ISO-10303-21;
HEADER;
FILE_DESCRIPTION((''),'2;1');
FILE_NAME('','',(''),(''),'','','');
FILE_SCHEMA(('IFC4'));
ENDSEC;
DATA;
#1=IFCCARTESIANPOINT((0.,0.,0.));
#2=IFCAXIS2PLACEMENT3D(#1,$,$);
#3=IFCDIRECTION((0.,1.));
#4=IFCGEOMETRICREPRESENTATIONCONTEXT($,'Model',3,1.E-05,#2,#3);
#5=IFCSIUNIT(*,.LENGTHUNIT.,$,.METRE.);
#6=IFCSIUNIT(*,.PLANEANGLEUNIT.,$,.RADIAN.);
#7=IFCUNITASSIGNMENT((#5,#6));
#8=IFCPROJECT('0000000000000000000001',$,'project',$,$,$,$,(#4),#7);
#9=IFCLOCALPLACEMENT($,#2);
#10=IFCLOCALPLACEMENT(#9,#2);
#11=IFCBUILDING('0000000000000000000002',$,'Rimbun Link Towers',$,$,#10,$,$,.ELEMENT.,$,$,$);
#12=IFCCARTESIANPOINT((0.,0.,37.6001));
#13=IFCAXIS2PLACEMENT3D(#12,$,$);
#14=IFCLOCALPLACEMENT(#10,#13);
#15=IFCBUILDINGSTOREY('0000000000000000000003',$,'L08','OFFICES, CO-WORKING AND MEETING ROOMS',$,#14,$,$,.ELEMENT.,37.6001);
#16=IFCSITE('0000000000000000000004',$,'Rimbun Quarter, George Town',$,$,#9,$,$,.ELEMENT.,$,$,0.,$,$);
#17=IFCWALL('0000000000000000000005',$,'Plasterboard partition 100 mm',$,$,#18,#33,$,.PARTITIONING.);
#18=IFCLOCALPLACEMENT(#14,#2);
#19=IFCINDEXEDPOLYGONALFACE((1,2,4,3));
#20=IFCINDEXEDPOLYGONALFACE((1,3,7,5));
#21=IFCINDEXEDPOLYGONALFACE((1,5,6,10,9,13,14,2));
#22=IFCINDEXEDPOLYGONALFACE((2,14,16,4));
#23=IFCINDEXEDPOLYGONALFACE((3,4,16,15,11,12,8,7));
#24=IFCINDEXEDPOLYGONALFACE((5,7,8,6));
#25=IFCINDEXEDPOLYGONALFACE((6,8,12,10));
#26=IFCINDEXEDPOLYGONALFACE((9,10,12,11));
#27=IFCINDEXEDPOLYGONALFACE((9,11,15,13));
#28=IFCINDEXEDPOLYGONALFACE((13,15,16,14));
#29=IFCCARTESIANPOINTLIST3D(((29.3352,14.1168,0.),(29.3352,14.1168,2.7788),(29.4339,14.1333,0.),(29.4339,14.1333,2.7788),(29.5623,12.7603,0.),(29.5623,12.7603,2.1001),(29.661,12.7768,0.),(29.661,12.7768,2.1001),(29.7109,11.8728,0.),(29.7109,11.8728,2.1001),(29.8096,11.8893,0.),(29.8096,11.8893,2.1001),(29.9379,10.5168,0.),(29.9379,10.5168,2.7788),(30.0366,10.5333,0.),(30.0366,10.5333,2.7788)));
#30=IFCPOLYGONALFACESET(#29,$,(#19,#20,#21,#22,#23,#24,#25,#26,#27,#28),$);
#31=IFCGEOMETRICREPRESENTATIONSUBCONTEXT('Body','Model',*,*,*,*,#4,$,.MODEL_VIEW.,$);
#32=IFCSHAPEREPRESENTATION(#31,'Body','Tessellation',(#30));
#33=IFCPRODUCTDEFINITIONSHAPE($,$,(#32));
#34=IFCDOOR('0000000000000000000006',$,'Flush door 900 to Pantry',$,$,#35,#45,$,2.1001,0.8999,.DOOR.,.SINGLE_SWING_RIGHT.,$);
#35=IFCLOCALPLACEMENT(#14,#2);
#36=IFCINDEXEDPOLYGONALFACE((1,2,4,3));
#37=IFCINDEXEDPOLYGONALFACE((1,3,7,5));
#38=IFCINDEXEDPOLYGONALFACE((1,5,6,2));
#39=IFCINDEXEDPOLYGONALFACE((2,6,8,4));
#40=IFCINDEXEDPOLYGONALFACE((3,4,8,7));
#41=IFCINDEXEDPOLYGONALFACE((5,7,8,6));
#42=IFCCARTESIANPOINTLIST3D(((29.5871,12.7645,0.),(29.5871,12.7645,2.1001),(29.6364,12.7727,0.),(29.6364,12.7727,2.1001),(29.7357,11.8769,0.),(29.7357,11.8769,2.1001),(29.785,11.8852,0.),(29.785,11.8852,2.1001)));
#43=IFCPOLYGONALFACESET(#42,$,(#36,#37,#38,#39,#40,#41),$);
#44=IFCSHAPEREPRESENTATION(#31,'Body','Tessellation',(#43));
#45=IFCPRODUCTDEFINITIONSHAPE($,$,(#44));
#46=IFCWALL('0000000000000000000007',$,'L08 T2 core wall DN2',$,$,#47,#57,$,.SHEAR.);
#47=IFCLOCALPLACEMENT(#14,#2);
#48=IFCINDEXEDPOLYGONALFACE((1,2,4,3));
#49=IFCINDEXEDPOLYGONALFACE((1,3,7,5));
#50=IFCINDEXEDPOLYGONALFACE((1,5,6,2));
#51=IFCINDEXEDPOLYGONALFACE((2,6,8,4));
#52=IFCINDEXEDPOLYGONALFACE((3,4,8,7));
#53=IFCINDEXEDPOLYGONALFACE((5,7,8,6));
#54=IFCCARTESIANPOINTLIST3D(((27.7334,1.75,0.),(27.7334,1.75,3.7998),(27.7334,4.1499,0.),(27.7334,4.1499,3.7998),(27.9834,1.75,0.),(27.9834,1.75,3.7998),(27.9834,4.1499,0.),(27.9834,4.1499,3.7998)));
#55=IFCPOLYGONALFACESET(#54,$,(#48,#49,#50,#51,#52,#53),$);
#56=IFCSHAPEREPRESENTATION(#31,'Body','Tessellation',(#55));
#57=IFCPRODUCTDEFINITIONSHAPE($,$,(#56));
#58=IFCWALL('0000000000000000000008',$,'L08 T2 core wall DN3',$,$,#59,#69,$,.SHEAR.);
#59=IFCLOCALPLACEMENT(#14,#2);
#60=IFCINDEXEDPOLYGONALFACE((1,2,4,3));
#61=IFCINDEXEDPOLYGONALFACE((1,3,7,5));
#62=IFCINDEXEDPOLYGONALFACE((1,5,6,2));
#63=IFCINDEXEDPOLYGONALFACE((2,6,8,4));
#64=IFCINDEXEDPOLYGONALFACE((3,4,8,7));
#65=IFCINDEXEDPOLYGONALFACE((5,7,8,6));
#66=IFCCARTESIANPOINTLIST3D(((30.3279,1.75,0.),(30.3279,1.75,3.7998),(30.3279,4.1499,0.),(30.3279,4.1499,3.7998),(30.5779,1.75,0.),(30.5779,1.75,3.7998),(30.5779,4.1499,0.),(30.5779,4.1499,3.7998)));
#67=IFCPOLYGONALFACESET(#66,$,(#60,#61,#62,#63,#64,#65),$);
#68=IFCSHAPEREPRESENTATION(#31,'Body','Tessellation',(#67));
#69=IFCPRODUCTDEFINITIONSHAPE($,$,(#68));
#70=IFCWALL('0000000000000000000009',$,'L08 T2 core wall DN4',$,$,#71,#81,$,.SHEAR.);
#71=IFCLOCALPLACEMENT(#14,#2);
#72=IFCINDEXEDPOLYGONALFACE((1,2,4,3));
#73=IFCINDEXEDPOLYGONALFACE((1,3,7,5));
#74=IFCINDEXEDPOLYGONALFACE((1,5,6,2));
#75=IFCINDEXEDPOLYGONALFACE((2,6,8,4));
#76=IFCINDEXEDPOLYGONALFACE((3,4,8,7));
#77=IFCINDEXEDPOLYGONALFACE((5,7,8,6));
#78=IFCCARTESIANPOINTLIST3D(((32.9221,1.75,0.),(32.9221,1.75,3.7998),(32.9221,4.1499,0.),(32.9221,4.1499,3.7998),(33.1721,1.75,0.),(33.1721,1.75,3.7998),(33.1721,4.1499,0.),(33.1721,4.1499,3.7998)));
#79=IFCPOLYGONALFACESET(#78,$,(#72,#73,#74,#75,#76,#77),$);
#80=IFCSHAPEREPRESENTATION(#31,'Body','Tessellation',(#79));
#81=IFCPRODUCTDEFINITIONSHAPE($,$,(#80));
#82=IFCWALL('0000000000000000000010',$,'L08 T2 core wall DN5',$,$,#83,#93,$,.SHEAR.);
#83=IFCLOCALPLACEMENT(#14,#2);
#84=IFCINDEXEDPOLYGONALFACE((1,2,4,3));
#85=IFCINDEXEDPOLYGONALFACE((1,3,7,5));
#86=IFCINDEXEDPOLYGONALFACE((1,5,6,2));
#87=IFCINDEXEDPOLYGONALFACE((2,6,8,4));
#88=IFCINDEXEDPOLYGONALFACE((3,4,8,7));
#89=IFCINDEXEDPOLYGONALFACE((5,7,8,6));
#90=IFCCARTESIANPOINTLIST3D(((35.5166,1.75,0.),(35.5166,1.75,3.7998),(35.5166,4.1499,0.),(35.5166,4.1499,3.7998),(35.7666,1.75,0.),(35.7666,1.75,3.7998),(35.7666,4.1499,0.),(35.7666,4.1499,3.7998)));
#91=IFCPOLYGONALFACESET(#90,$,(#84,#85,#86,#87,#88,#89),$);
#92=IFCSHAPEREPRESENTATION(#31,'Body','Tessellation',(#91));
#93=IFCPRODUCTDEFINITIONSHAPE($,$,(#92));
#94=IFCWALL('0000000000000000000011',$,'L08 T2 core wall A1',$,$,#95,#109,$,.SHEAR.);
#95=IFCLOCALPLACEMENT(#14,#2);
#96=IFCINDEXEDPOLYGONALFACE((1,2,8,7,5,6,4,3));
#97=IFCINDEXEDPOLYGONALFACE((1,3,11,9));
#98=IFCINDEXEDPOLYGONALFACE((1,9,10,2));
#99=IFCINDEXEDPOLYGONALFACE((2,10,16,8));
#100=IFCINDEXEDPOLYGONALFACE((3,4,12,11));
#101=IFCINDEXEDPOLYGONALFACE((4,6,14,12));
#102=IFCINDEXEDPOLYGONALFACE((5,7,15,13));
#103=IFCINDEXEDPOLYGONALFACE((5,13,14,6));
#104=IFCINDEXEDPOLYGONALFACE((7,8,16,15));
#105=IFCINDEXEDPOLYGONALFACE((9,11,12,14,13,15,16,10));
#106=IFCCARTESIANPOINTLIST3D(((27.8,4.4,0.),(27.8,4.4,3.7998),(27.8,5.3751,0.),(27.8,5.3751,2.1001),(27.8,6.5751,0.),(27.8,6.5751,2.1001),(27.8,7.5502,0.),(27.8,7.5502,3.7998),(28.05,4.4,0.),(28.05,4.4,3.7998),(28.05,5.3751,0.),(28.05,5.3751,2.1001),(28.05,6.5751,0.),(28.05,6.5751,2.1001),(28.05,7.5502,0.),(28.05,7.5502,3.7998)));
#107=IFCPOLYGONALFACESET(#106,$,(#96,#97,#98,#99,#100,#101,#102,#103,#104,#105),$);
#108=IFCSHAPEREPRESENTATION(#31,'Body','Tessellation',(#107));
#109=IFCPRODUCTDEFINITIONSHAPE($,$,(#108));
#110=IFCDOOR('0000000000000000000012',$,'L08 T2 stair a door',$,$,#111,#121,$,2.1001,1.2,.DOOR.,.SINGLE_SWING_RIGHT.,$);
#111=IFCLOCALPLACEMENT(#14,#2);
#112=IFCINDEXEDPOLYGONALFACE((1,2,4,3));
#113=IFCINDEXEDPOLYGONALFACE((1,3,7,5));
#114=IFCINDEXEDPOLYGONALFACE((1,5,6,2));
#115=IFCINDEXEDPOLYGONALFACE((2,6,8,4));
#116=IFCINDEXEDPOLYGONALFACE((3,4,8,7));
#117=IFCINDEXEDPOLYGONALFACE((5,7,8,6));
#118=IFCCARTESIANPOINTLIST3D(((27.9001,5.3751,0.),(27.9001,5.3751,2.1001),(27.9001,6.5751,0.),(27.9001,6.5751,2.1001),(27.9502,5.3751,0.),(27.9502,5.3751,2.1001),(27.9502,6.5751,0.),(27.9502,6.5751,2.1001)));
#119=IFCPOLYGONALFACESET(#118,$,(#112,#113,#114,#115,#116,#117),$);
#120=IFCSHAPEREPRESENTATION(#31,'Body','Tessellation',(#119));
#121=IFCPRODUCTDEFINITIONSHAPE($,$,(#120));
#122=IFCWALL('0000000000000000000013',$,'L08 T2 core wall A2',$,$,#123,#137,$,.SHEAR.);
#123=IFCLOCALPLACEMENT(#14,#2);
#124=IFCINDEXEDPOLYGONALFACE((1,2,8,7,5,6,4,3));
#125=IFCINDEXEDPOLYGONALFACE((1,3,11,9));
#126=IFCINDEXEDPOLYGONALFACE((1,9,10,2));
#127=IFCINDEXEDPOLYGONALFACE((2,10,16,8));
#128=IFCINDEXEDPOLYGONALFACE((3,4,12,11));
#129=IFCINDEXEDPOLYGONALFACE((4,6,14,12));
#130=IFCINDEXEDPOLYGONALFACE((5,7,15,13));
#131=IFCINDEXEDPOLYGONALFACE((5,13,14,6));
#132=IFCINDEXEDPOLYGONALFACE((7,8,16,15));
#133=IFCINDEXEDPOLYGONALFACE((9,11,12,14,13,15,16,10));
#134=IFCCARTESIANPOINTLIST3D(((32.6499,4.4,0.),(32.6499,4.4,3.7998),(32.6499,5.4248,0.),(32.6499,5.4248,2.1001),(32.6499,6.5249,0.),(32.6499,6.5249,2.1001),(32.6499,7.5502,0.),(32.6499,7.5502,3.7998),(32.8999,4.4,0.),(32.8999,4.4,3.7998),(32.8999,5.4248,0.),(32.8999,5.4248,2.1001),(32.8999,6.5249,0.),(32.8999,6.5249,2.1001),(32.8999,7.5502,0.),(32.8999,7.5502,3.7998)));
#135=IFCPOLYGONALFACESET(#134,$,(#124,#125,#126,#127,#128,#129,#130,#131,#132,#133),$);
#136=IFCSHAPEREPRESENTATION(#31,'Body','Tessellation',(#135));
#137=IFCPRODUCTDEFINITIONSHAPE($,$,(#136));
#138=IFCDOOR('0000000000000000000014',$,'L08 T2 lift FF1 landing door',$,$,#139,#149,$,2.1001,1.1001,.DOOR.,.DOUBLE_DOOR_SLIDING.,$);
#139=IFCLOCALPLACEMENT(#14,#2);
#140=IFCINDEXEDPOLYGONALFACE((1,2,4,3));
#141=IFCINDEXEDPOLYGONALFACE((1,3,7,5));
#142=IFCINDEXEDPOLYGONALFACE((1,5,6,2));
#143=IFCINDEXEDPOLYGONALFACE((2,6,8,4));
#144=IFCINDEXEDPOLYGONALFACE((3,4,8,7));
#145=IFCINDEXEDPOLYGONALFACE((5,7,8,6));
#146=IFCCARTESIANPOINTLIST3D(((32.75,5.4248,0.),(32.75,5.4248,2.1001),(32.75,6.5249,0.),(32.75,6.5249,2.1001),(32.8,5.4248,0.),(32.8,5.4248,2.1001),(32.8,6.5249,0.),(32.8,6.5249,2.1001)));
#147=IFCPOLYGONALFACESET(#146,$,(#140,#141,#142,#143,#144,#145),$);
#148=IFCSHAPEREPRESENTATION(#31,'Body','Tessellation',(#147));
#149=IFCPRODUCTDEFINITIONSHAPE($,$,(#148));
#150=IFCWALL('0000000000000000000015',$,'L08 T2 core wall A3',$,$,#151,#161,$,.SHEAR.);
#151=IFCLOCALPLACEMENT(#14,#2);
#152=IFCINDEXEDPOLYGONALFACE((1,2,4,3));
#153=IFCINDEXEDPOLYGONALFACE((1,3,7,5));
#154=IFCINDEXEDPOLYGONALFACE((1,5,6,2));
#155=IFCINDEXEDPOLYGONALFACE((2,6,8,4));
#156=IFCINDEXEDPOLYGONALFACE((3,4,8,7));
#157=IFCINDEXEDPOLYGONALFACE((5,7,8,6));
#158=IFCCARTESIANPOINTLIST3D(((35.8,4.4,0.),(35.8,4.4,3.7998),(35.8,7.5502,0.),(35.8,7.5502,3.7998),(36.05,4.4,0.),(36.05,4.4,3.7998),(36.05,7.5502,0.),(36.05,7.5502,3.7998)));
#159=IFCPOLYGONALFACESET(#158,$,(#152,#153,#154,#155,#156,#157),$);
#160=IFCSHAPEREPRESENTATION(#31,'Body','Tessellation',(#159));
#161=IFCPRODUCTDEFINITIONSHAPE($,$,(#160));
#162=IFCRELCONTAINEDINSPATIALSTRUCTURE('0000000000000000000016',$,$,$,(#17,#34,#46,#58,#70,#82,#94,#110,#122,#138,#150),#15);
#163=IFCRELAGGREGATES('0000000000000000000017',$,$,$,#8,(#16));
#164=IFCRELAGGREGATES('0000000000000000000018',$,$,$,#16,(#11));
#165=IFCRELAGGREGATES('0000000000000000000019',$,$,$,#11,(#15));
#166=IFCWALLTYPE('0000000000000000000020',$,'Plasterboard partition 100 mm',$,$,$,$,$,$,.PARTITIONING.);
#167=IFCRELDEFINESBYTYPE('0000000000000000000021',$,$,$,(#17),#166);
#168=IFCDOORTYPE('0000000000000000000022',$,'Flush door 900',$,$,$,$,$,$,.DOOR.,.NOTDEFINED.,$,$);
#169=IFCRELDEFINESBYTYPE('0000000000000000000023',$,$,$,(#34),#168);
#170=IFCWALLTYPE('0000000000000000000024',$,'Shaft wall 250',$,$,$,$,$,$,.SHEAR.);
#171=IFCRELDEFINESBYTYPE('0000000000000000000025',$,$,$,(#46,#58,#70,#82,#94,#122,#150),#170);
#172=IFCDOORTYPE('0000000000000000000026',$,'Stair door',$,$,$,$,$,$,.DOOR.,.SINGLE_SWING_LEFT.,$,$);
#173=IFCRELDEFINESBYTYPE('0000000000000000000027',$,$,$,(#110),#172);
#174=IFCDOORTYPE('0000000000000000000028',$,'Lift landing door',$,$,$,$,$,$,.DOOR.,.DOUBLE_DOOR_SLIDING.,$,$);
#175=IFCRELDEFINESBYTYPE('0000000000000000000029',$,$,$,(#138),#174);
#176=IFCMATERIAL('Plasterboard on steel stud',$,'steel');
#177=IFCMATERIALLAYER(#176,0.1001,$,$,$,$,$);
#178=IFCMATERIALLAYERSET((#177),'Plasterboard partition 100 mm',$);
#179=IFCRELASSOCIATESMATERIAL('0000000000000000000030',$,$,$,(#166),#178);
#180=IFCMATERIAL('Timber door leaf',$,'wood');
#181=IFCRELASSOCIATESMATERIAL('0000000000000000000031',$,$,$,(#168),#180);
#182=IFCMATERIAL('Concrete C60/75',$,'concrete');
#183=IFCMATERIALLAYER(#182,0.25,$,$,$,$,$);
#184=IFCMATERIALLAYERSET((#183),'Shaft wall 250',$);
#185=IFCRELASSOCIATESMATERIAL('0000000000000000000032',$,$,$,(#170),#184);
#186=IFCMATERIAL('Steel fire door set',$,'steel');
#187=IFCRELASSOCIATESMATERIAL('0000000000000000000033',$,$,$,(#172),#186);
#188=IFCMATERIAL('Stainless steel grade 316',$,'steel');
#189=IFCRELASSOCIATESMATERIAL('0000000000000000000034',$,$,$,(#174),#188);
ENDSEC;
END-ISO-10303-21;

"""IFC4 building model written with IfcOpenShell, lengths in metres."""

from ifc_helpers import new_model, si_unit, direction, frame, frame_2d, origin, place, context, subcontext, project, spatial, rectangle, extrude, material, layer, layer_set, type_object, element, fill, save


model = new_model("IFC4")

# Units and contexts
model_context = context("Model", 3, precision=1e-05, world=origin(), true_north=direction((0.0, 1.0)))
body_context = subcontext(model_context, "Body", "Model", "MODEL_VIEW")
ifc_project = project(units=[si_unit("LENGTHUNIT", "METRE"), si_unit("PLANEANGLEUNIT", "RADIAN")], contexts=[model_context])

# Site, building, storey
site_placement = place(None, origin())
site = spatial("IfcSite", under=ifc_project, at=site_placement, Name="Rimbun Quarter, George Town", CompositionType="ELEMENT", RefElevation=0.0)
building_placement = place(site_placement, origin())
building = spatial("IfcBuilding", under=site, at=building_placement, Name="Rimbun Link Towers", CompositionType="ELEMENT")
storey_placement = place(building_placement, frame((0.0, 0.0, 37.6001)))
storey = spatial("IfcBuildingStorey", under=building, at=storey_placement, Name="L08", Description="OFFICES, CO-WORKING AND MEETING ROOMS", CompositionType="ELEMENT", Elevation=37.6001)

# Wall, opening, door
ifc_material_1 = material(Name="Plasterboard on steel stud", Category="steel")
ifc_layer_1 = layer(ifc_material_1, 0.1001)
ifc_layer_set_1 = layer_set([ifc_layer_1], Name="Plasterboard partition 100 mm")
wall_type_1 = type_object("IfcWallType", Name="Plasterboard partition 100 mm", PredefinedType="PARTITIONING", material=ifc_layer_set_1)
ifc_material_2 = material(Name="Timber door leaf", Category="wood")
door_type_1 = type_object("IfcDoorType", Name="Flush door 900", OperationType="NOTDEFINED", PredefinedType="DOOR", material=ifc_material_2)
wall_1_placement = place(storey_placement, frame((29.9873, 10.5249, 0.0), z_axis=(0.0, 0.0, 1.0), x_axis=(-0.165136, 0.986271, 0.0)))
wall_1 = element("IfcWall", 1, at=wall_1_placement, inside=storey, type_object=wall_type_1, Name="Plasterboard partition 100 mm", PredefinedType="PARTITIONING", context=body_context, shape_type="SweptSolid", body=[
    extrude(rectangle(XDim=3.6501, YDim=0.1001, at=frame_2d((1.8252, 0.0))), origin(), (0.0, 0.0, 1.0), 2.7788),
])
opening_1_placement = place(wall_1_placement, frame((1.375, 0.0, 0.0)))
opening_1 = element("IfcOpeningElement", 2, at=opening_1_placement, cuts=wall_1, PredefinedType="OPENING", context=body_context, shape_type="SweptSolid", body=[
    extrude(rectangle(XDim=0.8999, YDim=2.1001, at=frame_2d((0.45, 1.05))), frame((0.0, 0.0601, 0.0), z_axis=(0.0, -1.0, 0.0), x_axis=(1.0, 0.0, 0.0)), (0.0, 0.0, 1.0), 0.1201),
])
door_1_placement = place(opening_1_placement, origin())
door_1 = element("IfcDoor", 3, at=door_1_placement, inside=storey, type_object=door_type_1, Name="Flush door 900 to Pantry", OperationType="SINGLE_SWING_RIGHT", OverallHeight=2.1001, OverallWidth=0.8999, PredefinedType="DOOR", context=body_context, shape_type="SweptSolid", body=[
    extrude(rectangle(XDim=0.8999, YDim=2.1001, at=frame_2d((0.45, 1.05))), frame((0.0, 0.0249, 0.0), z_axis=(0.0, -1.0, 0.0), x_axis=(1.0, 0.0, 0.0)), (0.0, 0.0, 1.0), 0.05),
])
fill(opening_1, door_1)

# Walls
ifc_material_3 = material(Name="Concrete C60/75", Category="concrete")
ifc_layer_2 = layer(ifc_material_3, 0.25)
ifc_layer_set_2 = layer_set([ifc_layer_2], Name="Shaft wall 250")
wall_type_2 = type_object("IfcWallType", Name="Shaft wall 250", PredefinedType="SHEAR", material=ifc_layer_set_2)
for number, where, z_axis, x_axis, name in (
    (4, (27.8584, 1.75, 0.0), (0.0, 0.0, 1.0), (0.0, 1.0, 0.0), "L08 T2 core wall DN2"),
    (5, (30.4529, 1.75, 0.0), (0.0, 0.0, 1.0), (0.0, 1.0, 0.0), "L08 T2 core wall DN3"),
    (6, (33.0471, 1.75, 0.0), (0.0, 0.0, 1.0), (0.0, 1.0, 0.0), "L08 T2 core wall DN4"),
    (7, (35.6416, 1.75, 0.0), (0.0, 0.0, 1.0), (0.0, 1.0, 0.0), "L08 T2 core wall DN5"),
):
    element("IfcWall", number, at=place(storey_placement, frame(where, z_axis=z_axis, x_axis=x_axis)), inside=storey, type_object=wall_type_2, Name=name, PredefinedType="SHEAR", context=body_context, shape_type="SweptSolid", body=[
        extrude(rectangle(XDim=2.3999, YDim=0.25, at=frame_2d((1.2, 0.0))), origin(), (0.0, 0.0, 1.0), 3.7998),
    ])

# Walls, openings, doors
wall_2_placement = place(storey_placement, frame((27.925, 4.3999, 0.0), z_axis=(0.0, 0.0, 1.0), x_axis=(0.0, 1.0, 0.0)))
wall_2 = element("IfcWall", 8, at=wall_2_placement, inside=storey, type_object=wall_type_2, Name="L08 T2 core wall A1", PredefinedType="SHEAR", context=body_context, shape_type="SweptSolid", body=[
    extrude(rectangle(XDim=3.1501, YDim=0.25, at=frame_2d((1.5752, 0.0))), origin(), (0.0, 0.0, 1.0), 3.7998),
])
opening_2_placement = place(wall_2_placement, frame((0.9751, 0.0, 0.0)))
opening_2 = element("IfcOpeningElement", 9, at=opening_2_placement, cuts=wall_2, PredefinedType="OPENING", context=body_context, shape_type="SweptSolid", body=[
    extrude(rectangle(XDim=1.2, YDim=2.1001, at=frame_2d((0.6001, 1.05))), frame((0.0, 0.135, 0.0), z_axis=(0.0, -1.0, 0.0), x_axis=(1.0, 0.0, 0.0)), (0.0, 0.0, 1.0), 0.27),
])
ifc_material_4 = material(Name="Steel fire door set", Category="steel")
door_type_2 = type_object("IfcDoorType", Name="Stair door", OperationType="SINGLE_SWING_LEFT", PredefinedType="DOOR", material=ifc_material_4)
door_2_placement = place(opening_2_placement, origin())
door_2 = element("IfcDoor", 10, at=door_2_placement, inside=storey, type_object=door_type_2, Name="L08 T2 stair a door", OperationType="SINGLE_SWING_RIGHT", OverallHeight=2.1001, OverallWidth=1.2, PredefinedType="DOOR", context=body_context, shape_type="SweptSolid", body=[
    extrude(rectangle(XDim=1.2, YDim=2.1001, at=frame_2d((0.6001, 1.05))), frame((0.0, 0.0249, 0.0), z_axis=(0.0, -1.0, 0.0), x_axis=(1.0, 0.0, 0.0)), (0.0, 0.0, 1.0), 0.05),
])
fill(opening_2, door_2)
wall_3_placement = place(storey_placement, frame((32.7749, 4.3999, 0.0), z_axis=(0.0, 0.0, 1.0), x_axis=(0.0, 1.0, 0.0)))
wall_3 = element("IfcWall", 11, at=wall_3_placement, inside=storey, type_object=wall_type_2, Name="L08 T2 core wall A2", PredefinedType="SHEAR", context=body_context, shape_type="SweptSolid", body=[
    extrude(rectangle(XDim=3.1501, YDim=0.25, at=frame_2d((1.5752, 0.0))), origin(), (0.0, 0.0, 1.0), 3.7998),
])
opening_3_placement = place(wall_3_placement, frame((1.0249, 0.0, 0.0)))
opening_3 = element("IfcOpeningElement", 12, at=opening_3_placement, cuts=wall_3, PredefinedType="OPENING", context=body_context, shape_type="SweptSolid", body=[
    extrude(rectangle(XDim=1.1001, YDim=2.1001, at=frame_2d((0.55, 1.05))), frame((0.0, 0.135, 0.0), z_axis=(0.0, -1.0, 0.0), x_axis=(1.0, 0.0, 0.0)), (0.0, 0.0, 1.0), 0.27),
])
ifc_material_5 = material(Name="Stainless steel grade 316", Category="steel")
door_type_3 = type_object("IfcDoorType", Name="Lift landing door", OperationType="DOUBLE_DOOR_SLIDING", PredefinedType="DOOR", material=ifc_material_5)
door_3_placement = place(opening_3_placement, origin())
door_3 = element("IfcDoor", 13, at=door_3_placement, inside=storey, type_object=door_type_3, Name="L08 T2 lift FF1 landing door", OperationType="DOUBLE_DOOR_SLIDING", OverallHeight=2.1001, OverallWidth=1.1001, PredefinedType="DOOR", context=body_context, shape_type="SweptSolid", body=[
    extrude(rectangle(XDim=1.1001, YDim=2.1001, at=frame_2d((0.55, 1.05))), frame((0.0, 0.0249, 0.0), z_axis=(0.0, -1.0, 0.0), x_axis=(1.0, 0.0, 0.0)), (0.0, 0.0, 1.0), 0.05),
])
fill(opening_3, door_3)

# Wall
wall_4_placement = place(storey_placement, frame((35.925, 4.3999, 0.0), z_axis=(0.0, 0.0, 1.0), x_axis=(0.0, 1.0, 0.0)))
element("IfcWall", 14, at=wall_4_placement, inside=storey, type_object=wall_type_2, Name="L08 T2 core wall A3", PredefinedType="SHEAR", context=body_context, shape_type="SweptSolid", body=[
    extrude(rectangle(XDim=3.1501, YDim=0.25, at=frame_2d((1.5752, 0.0))), origin(), (0.0, 0.0, 1.0), 3.7998),
])

save(model, "model.ifc")
